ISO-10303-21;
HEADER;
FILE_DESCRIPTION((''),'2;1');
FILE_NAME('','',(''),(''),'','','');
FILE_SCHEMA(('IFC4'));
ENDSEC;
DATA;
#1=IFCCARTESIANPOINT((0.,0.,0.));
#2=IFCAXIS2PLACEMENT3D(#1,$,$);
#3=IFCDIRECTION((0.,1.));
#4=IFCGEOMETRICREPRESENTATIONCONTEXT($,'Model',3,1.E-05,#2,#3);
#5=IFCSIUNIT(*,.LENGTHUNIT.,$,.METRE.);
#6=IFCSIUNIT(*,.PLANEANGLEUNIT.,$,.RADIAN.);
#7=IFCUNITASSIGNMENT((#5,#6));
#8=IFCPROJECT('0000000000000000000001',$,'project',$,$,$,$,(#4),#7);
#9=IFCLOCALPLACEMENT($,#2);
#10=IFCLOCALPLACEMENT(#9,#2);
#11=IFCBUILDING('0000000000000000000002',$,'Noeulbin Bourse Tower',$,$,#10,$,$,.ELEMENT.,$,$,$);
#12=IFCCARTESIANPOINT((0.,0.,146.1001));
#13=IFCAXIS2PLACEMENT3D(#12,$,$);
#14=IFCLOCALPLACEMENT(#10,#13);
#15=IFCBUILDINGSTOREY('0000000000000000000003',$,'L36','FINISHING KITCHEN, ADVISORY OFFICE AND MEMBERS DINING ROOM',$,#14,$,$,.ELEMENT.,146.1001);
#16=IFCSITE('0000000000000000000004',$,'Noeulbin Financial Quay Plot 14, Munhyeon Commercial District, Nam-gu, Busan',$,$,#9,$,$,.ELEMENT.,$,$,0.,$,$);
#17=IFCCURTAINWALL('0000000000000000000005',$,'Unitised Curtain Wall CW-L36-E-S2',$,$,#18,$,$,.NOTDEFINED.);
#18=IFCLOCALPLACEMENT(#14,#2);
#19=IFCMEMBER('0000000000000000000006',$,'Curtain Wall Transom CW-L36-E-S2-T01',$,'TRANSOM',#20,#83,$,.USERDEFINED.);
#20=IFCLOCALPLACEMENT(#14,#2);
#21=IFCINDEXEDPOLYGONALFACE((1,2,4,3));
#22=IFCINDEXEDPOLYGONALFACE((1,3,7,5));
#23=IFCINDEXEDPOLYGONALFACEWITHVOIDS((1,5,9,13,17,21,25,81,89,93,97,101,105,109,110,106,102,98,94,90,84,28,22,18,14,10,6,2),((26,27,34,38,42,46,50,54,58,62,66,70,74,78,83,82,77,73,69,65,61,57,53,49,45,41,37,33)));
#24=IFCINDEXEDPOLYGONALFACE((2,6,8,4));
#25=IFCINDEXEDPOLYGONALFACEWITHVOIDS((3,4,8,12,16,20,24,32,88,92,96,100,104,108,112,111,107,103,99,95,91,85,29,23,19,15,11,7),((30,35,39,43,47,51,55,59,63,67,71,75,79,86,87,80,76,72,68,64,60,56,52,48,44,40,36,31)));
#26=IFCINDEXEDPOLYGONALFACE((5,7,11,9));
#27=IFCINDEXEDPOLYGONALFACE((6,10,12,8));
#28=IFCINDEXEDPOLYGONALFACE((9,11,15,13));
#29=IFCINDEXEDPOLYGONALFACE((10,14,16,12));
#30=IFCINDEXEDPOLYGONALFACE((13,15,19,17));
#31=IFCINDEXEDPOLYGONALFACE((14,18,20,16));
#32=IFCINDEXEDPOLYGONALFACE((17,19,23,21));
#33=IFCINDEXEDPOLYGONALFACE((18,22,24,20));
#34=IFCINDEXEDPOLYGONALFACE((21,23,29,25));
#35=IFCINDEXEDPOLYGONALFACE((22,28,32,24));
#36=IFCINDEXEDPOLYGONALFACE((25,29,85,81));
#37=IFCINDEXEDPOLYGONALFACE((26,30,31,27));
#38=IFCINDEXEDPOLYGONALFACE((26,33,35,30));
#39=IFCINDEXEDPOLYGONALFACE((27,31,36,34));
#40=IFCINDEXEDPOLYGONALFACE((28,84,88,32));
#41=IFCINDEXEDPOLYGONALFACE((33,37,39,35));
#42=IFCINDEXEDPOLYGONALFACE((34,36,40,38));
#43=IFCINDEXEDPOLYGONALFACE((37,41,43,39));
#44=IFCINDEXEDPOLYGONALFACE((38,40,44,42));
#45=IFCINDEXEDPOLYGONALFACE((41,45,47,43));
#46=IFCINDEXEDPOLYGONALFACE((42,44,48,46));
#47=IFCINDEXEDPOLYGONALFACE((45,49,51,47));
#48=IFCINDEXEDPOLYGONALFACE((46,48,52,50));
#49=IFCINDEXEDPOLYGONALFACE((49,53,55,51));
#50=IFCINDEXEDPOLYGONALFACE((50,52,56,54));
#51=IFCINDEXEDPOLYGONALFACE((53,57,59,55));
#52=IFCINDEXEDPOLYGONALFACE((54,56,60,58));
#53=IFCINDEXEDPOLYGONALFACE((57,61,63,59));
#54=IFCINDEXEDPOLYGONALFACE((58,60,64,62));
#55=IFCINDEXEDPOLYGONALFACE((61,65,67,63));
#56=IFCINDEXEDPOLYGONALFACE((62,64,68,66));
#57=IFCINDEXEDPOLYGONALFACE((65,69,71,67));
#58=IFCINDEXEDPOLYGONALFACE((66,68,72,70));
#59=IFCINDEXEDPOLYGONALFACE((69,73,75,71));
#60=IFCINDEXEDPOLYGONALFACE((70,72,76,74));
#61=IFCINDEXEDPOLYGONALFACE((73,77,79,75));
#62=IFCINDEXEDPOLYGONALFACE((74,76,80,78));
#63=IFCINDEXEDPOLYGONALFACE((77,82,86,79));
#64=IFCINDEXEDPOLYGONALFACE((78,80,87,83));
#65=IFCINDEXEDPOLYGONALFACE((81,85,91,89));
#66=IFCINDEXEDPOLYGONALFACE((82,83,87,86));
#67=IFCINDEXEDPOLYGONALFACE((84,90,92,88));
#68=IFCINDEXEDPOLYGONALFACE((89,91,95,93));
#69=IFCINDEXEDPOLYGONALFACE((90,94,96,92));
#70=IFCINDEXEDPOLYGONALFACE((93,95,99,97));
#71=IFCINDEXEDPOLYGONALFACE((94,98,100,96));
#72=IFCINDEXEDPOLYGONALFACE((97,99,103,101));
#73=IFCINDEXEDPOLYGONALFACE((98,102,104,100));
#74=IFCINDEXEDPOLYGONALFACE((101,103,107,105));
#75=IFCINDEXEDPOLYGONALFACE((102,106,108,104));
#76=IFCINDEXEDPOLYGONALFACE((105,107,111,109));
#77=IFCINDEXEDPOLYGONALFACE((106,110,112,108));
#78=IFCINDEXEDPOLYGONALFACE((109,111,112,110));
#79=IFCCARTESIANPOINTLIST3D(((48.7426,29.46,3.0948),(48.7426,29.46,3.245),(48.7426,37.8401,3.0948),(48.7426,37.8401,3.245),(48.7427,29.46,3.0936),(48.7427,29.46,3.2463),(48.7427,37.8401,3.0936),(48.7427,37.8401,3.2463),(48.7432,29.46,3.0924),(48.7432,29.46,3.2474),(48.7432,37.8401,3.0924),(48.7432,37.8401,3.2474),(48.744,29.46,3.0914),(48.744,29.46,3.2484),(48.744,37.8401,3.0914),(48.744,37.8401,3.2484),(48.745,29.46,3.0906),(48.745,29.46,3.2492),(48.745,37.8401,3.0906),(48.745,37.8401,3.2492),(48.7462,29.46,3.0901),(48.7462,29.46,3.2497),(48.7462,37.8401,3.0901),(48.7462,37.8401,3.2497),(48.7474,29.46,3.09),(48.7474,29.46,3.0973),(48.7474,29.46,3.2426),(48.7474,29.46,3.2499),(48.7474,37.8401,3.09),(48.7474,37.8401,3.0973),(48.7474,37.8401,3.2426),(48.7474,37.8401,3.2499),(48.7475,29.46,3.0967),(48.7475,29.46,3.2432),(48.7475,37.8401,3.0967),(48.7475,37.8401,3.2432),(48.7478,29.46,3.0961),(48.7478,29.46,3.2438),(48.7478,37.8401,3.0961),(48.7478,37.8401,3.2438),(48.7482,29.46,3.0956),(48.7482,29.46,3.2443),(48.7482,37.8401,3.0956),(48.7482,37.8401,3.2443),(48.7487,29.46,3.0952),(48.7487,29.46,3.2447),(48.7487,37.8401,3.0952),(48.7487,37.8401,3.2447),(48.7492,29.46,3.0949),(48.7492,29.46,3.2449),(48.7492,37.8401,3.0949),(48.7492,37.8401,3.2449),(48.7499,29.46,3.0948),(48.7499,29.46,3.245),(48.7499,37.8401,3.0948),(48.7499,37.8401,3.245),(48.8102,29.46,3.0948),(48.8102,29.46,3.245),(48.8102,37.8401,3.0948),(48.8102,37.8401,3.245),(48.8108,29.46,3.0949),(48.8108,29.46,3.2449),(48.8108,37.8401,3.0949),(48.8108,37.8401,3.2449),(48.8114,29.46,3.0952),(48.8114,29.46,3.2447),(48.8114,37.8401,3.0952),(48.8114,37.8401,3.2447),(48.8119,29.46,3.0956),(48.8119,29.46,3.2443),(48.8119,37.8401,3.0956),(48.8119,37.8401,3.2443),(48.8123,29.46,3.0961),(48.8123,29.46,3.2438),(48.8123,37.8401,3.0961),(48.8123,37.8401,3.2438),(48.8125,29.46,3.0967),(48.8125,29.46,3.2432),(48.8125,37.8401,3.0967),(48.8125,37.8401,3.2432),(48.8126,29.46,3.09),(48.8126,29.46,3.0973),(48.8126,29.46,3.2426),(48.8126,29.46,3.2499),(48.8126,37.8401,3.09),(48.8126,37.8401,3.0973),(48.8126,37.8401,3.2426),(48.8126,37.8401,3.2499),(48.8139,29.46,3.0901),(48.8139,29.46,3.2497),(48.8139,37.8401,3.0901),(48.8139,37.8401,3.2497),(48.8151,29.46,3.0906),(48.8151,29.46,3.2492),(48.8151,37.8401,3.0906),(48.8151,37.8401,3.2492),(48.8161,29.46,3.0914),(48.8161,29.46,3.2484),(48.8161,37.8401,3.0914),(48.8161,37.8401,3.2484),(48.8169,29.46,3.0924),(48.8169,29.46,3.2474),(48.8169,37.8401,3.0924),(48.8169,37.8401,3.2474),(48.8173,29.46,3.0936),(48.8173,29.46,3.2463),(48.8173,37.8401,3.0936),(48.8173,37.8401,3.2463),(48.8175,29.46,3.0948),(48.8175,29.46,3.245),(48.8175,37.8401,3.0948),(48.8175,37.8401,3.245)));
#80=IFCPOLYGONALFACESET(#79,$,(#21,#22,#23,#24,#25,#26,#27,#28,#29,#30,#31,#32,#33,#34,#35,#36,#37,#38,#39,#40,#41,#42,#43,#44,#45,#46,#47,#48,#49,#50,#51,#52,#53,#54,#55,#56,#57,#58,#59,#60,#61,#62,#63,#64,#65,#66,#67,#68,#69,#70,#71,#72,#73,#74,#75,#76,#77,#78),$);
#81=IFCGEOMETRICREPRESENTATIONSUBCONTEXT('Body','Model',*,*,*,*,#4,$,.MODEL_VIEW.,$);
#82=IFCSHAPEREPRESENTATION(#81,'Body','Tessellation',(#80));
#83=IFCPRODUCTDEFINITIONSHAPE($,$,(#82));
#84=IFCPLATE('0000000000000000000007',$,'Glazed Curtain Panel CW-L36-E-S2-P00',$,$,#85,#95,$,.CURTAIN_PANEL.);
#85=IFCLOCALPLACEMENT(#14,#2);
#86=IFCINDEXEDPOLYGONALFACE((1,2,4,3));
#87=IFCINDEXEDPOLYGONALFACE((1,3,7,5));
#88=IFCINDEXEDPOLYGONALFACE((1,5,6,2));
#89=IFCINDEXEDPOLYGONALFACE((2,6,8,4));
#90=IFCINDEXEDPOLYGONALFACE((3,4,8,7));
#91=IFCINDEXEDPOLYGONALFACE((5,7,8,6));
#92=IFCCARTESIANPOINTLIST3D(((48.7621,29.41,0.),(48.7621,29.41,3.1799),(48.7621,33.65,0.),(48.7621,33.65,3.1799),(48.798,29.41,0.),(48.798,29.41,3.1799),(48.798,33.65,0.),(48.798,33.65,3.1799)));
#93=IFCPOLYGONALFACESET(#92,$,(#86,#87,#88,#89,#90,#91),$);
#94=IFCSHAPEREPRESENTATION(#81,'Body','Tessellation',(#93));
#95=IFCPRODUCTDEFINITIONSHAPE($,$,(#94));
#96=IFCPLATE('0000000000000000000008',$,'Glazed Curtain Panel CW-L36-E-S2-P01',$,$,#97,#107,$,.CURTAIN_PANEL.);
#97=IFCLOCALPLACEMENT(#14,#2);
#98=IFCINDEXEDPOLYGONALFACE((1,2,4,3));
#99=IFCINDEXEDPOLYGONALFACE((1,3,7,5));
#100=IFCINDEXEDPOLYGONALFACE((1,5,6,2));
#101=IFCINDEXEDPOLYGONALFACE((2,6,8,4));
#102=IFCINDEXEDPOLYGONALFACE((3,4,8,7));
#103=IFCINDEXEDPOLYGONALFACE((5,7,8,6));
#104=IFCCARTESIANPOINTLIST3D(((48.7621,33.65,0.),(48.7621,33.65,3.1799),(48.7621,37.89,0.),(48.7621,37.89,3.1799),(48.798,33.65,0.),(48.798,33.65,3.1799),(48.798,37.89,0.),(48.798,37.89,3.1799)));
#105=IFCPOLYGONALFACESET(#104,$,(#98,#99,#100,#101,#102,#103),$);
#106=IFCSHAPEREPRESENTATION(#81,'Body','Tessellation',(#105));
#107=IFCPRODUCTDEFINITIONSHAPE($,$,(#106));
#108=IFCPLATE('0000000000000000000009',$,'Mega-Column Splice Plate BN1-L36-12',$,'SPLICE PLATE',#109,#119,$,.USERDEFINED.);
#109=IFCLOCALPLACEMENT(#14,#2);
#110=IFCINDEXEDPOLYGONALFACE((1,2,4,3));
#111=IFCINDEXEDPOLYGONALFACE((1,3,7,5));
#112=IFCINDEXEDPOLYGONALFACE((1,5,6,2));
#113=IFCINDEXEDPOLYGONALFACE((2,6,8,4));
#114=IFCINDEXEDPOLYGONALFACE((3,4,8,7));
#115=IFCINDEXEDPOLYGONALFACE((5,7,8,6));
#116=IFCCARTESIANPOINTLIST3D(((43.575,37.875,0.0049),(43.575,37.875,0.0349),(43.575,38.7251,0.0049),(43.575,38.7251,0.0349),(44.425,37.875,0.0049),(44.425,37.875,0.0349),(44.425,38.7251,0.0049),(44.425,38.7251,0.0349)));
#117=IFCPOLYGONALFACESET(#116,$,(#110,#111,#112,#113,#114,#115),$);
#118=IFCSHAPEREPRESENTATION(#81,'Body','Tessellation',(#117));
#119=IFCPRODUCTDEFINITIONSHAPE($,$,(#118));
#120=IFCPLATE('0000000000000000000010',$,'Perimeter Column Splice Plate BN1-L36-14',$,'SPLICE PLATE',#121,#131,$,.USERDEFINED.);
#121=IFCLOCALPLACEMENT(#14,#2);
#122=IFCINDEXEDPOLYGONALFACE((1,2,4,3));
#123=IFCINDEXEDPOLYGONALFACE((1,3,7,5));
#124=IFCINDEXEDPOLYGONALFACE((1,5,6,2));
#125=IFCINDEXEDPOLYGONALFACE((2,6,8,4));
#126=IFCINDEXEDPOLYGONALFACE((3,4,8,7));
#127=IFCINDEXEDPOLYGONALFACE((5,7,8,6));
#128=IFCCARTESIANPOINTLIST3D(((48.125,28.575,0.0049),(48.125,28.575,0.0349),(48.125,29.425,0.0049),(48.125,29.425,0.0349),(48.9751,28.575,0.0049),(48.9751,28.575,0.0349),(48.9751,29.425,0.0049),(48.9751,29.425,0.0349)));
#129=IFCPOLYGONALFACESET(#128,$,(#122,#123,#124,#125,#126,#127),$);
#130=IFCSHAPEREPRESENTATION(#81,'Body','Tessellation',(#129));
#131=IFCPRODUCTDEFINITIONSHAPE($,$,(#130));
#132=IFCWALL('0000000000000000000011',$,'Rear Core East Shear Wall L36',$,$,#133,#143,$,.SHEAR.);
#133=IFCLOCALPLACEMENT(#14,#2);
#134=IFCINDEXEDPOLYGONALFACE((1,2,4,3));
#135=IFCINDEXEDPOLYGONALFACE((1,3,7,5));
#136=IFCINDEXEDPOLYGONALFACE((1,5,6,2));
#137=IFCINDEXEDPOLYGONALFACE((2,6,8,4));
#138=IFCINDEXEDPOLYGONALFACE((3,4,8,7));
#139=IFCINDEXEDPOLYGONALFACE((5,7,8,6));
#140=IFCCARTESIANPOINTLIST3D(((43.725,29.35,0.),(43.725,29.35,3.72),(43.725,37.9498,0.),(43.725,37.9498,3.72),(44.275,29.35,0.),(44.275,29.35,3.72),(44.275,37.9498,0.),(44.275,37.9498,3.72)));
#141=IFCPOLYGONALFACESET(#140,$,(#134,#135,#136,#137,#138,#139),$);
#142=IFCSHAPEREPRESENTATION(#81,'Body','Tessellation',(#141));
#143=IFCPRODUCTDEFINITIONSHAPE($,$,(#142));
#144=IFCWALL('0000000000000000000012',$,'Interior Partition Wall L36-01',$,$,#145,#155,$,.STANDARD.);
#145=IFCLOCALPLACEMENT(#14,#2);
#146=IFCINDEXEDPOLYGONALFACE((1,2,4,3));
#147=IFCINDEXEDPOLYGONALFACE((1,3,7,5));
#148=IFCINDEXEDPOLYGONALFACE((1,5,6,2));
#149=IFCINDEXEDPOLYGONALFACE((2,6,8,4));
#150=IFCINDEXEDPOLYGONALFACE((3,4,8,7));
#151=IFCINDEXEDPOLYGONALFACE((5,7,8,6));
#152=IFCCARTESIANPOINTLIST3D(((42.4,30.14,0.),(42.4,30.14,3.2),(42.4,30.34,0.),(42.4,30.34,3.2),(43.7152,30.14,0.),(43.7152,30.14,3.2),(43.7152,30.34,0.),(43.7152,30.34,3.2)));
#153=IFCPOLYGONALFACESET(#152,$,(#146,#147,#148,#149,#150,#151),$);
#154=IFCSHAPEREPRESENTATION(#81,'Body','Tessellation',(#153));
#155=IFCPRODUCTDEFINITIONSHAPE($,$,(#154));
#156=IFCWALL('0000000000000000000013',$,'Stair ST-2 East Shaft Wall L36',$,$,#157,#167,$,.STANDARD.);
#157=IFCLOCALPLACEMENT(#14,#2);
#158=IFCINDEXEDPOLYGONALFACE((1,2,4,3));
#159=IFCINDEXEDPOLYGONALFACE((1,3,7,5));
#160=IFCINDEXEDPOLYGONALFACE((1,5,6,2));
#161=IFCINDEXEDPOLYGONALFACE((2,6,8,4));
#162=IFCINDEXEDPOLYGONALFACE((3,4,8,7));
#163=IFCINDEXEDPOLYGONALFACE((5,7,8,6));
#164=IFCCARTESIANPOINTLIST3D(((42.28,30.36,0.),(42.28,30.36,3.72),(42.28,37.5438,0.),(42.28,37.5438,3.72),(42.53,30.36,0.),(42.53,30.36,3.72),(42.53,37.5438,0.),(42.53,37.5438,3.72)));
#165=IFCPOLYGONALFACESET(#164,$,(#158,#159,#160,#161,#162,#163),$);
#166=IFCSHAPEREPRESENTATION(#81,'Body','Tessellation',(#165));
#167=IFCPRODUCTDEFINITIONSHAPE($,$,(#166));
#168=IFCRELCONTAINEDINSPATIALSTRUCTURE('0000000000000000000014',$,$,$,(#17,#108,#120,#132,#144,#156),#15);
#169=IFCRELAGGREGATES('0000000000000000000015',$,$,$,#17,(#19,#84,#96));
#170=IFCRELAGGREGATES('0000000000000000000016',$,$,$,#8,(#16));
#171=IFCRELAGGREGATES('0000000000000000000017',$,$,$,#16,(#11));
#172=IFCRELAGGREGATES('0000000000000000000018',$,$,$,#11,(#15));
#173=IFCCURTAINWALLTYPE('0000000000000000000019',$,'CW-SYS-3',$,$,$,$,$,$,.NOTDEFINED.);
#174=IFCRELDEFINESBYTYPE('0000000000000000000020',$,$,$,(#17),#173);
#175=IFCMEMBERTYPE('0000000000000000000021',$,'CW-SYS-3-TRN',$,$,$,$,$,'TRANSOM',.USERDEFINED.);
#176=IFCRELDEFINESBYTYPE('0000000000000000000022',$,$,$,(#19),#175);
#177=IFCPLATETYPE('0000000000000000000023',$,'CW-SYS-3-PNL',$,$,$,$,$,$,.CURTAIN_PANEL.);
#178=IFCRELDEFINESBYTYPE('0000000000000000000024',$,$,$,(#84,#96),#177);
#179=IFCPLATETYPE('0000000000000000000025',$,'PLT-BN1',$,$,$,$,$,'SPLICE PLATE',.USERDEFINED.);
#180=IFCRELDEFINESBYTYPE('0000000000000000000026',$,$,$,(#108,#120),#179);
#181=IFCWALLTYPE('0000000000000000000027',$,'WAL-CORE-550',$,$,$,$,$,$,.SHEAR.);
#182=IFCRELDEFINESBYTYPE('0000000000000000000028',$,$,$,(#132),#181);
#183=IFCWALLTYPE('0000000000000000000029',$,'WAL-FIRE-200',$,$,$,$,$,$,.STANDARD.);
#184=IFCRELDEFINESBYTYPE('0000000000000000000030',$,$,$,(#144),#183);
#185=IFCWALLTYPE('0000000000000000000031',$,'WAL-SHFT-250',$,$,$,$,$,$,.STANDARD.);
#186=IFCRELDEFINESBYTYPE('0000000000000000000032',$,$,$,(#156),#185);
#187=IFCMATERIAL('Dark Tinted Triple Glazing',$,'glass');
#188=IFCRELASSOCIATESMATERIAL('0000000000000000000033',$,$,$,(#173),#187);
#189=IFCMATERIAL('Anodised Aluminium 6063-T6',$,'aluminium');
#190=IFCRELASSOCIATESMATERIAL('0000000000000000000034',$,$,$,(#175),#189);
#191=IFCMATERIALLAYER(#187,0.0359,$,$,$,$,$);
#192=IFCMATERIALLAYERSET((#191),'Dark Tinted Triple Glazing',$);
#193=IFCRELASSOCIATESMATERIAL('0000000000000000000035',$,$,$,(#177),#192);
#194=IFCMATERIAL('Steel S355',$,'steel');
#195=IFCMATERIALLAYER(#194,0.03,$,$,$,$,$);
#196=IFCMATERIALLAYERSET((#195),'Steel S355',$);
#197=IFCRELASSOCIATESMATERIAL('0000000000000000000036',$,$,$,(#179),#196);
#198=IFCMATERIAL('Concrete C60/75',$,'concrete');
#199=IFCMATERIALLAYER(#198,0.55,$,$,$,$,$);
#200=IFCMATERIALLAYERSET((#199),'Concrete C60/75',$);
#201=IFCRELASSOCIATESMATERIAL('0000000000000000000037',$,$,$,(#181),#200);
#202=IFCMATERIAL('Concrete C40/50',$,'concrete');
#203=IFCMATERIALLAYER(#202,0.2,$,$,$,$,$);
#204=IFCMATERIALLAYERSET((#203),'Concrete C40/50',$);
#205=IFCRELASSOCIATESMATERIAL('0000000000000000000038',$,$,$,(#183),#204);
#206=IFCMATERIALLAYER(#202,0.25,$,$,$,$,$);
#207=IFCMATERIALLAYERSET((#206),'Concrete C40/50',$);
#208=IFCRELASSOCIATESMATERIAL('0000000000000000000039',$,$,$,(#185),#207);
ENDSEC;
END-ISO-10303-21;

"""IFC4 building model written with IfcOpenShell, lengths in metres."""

from ifc_helpers import new_model, si_unit, direction, frame, frame_2d, origin, origin_2d, place, context, subcontext, project, spatial, rectangle, hollow_rectangle, extrude, material, layer, layer_set, material_profile, profile_set, type_object, element, aggregate, save


model = new_model("IFC4")

# Units and contexts
model_context = context("Model", 3, precision=1e-05, world=origin(), true_north=direction((0.0, 1.0)))
body_context = subcontext(model_context, "Body", "Model", "MODEL_VIEW")
ifc_project = project(units=[si_unit("LENGTHUNIT", "METRE"), si_unit("PLANEANGLEUNIT", "RADIAN")], contexts=[model_context])

# Site, building, storey
site_placement = place(None, origin())
site = spatial("IfcSite", under=ifc_project, at=site_placement, Name="Noeulbin Financial Quay Plot 14, Munhyeon Commercial District, Nam-gu, Busan", CompositionType="ELEMENT", RefElevation=0.0)
building_placement = place(site_placement, origin())
building = spatial("IfcBuilding", under=site, at=building_placement, Name="Noeulbin Bourse Tower", CompositionType="ELEMENT")
storey_placement = place(building_placement, frame((0.0, 0.0, 146.1001)))
storey = spatial("IfcBuildingStorey", under=building, at=storey_placement, Name="L36", Description="FINISHING KITCHEN, ADVISORY OFFICE AND MEMBERS DINING ROOM", CompositionType="ELEMENT", Elevation=146.1001)

# Shared definitions
ifc_material_1 = material(Name="Steel S355", Category="steel")

# Curtain wall, member, plates
ifc_material_2 = material(Name="Dark Tinted Triple Glazing", Category="glass")
curtain_wall_type = type_object("IfcCurtainWallType", Name="CW-SYS-3", PredefinedType="NOTDEFINED", material=ifc_material_2)
curtain_wall_placement = place(storey_placement, origin())
curtain_wall = element("IfcCurtainWall", 1, at=curtain_wall_placement, inside=storey, type_object=curtain_wall_type, Name="Unitised Curtain Wall CW-L36-E-S2", PredefinedType="NOTDEFINED")
ifc_material_3 = material(Name="Anodised Aluminium 6063-T6", Category="aluminium")
ifc_material_profile_1 = material_profile(ifc_material_3, hollow_rectangle(XDim=0.075, YDim=0.1599, WallThickness=0.0049, InnerFilletRadius=0.0024, OuterFilletRadius=0.0049, at=origin_2d()), Name="ALU-TRAN-75x160x5", Category="LoadBearing")
ifc_profile_set_1 = profile_set([ifc_material_profile_1], Name="Anodised Aluminium 6063-T6")
member_type_1 = type_object("IfcMemberType", Name="CW-SYS-3-TRN", ElementType="TRANSOM", PredefinedType="USERDEFINED", material=ifc_profile_set_1)
member_1_placement = place(storey_placement, frame((48.78, 29.46, 3.1699), z_axis=(0.0, 1.0, 0.0), x_axis=(-1.0, 0.0, 0.0)))
member_1 = element("IfcMember", 2, at=member_1_placement, type_object=member_type_1, Name="Curtain Wall Transom CW-L36-E-S2-T01", ObjectType="TRANSOM", PredefinedType="USERDEFINED", context=body_context, shape_type="SweptSolid", body=[
    extrude(hollow_rectangle(XDim=0.075, YDim=0.1599, WallThickness=0.0049, InnerFilletRadius=0.0024, OuterFilletRadius=0.0049, at=origin_2d()), origin(), (0.0, 0.0, 1.0), 8.3801),
])
ifc_layer_1 = layer(ifc_material_2, 0.0359)
ifc_layer_set_1 = layer_set([ifc_layer_1], Name="Dark Tinted Triple Glazing")
plate_type_1 = type_object("IfcPlateType", Name="CW-SYS-3-PNL", PredefinedType="CURTAIN_PANEL", material=ifc_layer_set_1)
plate_1_placement = place(storey_placement, frame((48.78, 31.53, 0.0), z_axis=(0.0, 0.0, 1.0), x_axis=(0.0, 1.0, 0.0)))
plate_1 = element("IfcPlate", 3, at=plate_1_placement, type_object=plate_type_1, Name="Glazed Curtain Panel CW-L36-E-S2-P00", PredefinedType="CURTAIN_PANEL", context=body_context, shape_type="SweptSolid", body=[
    extrude(rectangle(XDim=4.24, YDim=0.0359, at=origin_2d()), origin(), (0.0, 0.0, 1.0), 3.1799),
])
plate_2_placement = place(storey_placement, frame((48.78, 35.77, 0.0), z_axis=(0.0, 0.0, 1.0), x_axis=(0.0, 1.0, 0.0)))
plate_2 = element("IfcPlate", 4, at=plate_2_placement, type_object=plate_type_1, Name="Glazed Curtain Panel CW-L36-E-S2-P01", PredefinedType="CURTAIN_PANEL", context=body_context, shape_type="SweptSolid", body=[
    extrude(rectangle(XDim=4.24, YDim=0.0359, at=origin_2d()), origin(), (0.0, 0.0, 1.0), 3.1799),
])
aggregate(curtain_wall, [member_1, plate_1, plate_2])

# Plates
ifc_layer_2 = layer(ifc_material_1, 0.03)
ifc_layer_set_2 = layer_set([ifc_layer_2], Name="Steel S355")
plate_type_2 = type_object("IfcPlateType", Name="PLT-BN1", ElementType="SPLICE PLATE", PredefinedType="USERDEFINED", material=ifc_layer_set_2)
for number, where, z_axis, x_axis, name in (
    (5, (44.0, 38.3, 0.0049), (0.0, 0.0, 1.0), (1.0, 0.0, 0.0), "Mega-Column Splice Plate BN1-L36-12"),
    (6, (48.55, 29.0, 0.0049), (0.0, 0.0, 1.0), (1.0, 0.0, 0.0), "Perimeter Column Splice Plate BN1-L36-14"),
):
    element("IfcPlate", number, at=place(storey_placement, frame(where, z_axis=z_axis, x_axis=x_axis)), inside=storey, type_object=plate_type_2, Name=name, ObjectType="SPLICE PLATE", PredefinedType="USERDEFINED", context=body_context, shape_type="SweptSolid", body=[
        extrude(rectangle(XDim=0.8501, YDim=0.8501, at=origin_2d()), origin(), (0.0, 0.0, 1.0), 0.03),
    ])

# Walls
ifc_material_4 = material(Name="Concrete C60/75", Category="concrete")
ifc_layer_3 = layer(ifc_material_4, 0.55)
ifc_layer_set_3 = layer_set([ifc_layer_3], Name="Concrete C60/75")
wall_type_1 = type_object("IfcWallType", Name="WAL-CORE-550", PredefinedType="SHEAR", material=ifc_layer_set_3)
wall_1_placement = place(storey_placement, frame((44.0, 29.3501, 0.0), z_axis=(0.0, 0.0, 1.0), x_axis=(0.0, 1.0, 0.0)))
element("IfcWall", 7, at=wall_1_placement, inside=storey, type_object=wall_type_1, Name="Rear Core East Shear Wall L36", PredefinedType="SHEAR", context=body_context, shape_type="SweptSolid", body=[
    extrude(rectangle(XDim=8.5999, YDim=0.55, at=frame_2d((4.2998, 0.0))), origin(), (0.0, 0.0, 1.0), 3.72),
])
ifc_material_5 = material(Name="Concrete C40/50", Category="concrete")
ifc_layer_4 = layer(ifc_material_5, 0.2)
ifc_layer_set_4 = layer_set([ifc_layer_4], Name="Concrete C40/50")
wall_type_2 = type_object("IfcWallType", Name="WAL-FIRE-200", PredefinedType="STANDARD", material=ifc_layer_set_4)
wall_2_placement = place(storey_placement, frame((42.3999, 30.24, 0.0), z_axis=(0.0, 0.0, 1.0), x_axis=(1.0, 0.0, 0.0)))
element("IfcWall", 8, at=wall_2_placement, inside=storey, type_object=wall_type_2, Name="Interior Partition Wall L36-01", PredefinedType="STANDARD", context=body_context, shape_type="SweptSolid", body=[
    extrude(rectangle(XDim=1.3152, YDim=0.2, at=frame_2d((0.6577, 0.0))), origin(), (0.0, 0.0, 1.0), 3.2),
])
ifc_layer_5 = layer(ifc_material_5, 0.25)
ifc_layer_set_5 = layer_set([ifc_layer_5], Name="Concrete C40/50")
wall_type_3 = type_object("IfcWallType", Name="WAL-SHFT-250", PredefinedType="STANDARD", material=ifc_layer_set_5)
wall_3_placement = place(storey_placement, frame((42.405, 30.3601, 0.0), z_axis=(0.0, 0.0, 1.0), x_axis=(0.0, 1.0, 0.0)))
element("IfcWall", 9, at=wall_3_placement, inside=storey, type_object=wall_type_3, Name="Stair ST-2 East Shaft Wall L36", PredefinedType="STANDARD", context=body_context, shape_type="SweptSolid", body=[
    extrude(rectangle(XDim=7.1838, YDim=0.25, at=frame_2d((3.5918, 0.0))), origin(), (0.0, 0.0, 1.0), 3.72),
])

save(model, "model.ifc")
